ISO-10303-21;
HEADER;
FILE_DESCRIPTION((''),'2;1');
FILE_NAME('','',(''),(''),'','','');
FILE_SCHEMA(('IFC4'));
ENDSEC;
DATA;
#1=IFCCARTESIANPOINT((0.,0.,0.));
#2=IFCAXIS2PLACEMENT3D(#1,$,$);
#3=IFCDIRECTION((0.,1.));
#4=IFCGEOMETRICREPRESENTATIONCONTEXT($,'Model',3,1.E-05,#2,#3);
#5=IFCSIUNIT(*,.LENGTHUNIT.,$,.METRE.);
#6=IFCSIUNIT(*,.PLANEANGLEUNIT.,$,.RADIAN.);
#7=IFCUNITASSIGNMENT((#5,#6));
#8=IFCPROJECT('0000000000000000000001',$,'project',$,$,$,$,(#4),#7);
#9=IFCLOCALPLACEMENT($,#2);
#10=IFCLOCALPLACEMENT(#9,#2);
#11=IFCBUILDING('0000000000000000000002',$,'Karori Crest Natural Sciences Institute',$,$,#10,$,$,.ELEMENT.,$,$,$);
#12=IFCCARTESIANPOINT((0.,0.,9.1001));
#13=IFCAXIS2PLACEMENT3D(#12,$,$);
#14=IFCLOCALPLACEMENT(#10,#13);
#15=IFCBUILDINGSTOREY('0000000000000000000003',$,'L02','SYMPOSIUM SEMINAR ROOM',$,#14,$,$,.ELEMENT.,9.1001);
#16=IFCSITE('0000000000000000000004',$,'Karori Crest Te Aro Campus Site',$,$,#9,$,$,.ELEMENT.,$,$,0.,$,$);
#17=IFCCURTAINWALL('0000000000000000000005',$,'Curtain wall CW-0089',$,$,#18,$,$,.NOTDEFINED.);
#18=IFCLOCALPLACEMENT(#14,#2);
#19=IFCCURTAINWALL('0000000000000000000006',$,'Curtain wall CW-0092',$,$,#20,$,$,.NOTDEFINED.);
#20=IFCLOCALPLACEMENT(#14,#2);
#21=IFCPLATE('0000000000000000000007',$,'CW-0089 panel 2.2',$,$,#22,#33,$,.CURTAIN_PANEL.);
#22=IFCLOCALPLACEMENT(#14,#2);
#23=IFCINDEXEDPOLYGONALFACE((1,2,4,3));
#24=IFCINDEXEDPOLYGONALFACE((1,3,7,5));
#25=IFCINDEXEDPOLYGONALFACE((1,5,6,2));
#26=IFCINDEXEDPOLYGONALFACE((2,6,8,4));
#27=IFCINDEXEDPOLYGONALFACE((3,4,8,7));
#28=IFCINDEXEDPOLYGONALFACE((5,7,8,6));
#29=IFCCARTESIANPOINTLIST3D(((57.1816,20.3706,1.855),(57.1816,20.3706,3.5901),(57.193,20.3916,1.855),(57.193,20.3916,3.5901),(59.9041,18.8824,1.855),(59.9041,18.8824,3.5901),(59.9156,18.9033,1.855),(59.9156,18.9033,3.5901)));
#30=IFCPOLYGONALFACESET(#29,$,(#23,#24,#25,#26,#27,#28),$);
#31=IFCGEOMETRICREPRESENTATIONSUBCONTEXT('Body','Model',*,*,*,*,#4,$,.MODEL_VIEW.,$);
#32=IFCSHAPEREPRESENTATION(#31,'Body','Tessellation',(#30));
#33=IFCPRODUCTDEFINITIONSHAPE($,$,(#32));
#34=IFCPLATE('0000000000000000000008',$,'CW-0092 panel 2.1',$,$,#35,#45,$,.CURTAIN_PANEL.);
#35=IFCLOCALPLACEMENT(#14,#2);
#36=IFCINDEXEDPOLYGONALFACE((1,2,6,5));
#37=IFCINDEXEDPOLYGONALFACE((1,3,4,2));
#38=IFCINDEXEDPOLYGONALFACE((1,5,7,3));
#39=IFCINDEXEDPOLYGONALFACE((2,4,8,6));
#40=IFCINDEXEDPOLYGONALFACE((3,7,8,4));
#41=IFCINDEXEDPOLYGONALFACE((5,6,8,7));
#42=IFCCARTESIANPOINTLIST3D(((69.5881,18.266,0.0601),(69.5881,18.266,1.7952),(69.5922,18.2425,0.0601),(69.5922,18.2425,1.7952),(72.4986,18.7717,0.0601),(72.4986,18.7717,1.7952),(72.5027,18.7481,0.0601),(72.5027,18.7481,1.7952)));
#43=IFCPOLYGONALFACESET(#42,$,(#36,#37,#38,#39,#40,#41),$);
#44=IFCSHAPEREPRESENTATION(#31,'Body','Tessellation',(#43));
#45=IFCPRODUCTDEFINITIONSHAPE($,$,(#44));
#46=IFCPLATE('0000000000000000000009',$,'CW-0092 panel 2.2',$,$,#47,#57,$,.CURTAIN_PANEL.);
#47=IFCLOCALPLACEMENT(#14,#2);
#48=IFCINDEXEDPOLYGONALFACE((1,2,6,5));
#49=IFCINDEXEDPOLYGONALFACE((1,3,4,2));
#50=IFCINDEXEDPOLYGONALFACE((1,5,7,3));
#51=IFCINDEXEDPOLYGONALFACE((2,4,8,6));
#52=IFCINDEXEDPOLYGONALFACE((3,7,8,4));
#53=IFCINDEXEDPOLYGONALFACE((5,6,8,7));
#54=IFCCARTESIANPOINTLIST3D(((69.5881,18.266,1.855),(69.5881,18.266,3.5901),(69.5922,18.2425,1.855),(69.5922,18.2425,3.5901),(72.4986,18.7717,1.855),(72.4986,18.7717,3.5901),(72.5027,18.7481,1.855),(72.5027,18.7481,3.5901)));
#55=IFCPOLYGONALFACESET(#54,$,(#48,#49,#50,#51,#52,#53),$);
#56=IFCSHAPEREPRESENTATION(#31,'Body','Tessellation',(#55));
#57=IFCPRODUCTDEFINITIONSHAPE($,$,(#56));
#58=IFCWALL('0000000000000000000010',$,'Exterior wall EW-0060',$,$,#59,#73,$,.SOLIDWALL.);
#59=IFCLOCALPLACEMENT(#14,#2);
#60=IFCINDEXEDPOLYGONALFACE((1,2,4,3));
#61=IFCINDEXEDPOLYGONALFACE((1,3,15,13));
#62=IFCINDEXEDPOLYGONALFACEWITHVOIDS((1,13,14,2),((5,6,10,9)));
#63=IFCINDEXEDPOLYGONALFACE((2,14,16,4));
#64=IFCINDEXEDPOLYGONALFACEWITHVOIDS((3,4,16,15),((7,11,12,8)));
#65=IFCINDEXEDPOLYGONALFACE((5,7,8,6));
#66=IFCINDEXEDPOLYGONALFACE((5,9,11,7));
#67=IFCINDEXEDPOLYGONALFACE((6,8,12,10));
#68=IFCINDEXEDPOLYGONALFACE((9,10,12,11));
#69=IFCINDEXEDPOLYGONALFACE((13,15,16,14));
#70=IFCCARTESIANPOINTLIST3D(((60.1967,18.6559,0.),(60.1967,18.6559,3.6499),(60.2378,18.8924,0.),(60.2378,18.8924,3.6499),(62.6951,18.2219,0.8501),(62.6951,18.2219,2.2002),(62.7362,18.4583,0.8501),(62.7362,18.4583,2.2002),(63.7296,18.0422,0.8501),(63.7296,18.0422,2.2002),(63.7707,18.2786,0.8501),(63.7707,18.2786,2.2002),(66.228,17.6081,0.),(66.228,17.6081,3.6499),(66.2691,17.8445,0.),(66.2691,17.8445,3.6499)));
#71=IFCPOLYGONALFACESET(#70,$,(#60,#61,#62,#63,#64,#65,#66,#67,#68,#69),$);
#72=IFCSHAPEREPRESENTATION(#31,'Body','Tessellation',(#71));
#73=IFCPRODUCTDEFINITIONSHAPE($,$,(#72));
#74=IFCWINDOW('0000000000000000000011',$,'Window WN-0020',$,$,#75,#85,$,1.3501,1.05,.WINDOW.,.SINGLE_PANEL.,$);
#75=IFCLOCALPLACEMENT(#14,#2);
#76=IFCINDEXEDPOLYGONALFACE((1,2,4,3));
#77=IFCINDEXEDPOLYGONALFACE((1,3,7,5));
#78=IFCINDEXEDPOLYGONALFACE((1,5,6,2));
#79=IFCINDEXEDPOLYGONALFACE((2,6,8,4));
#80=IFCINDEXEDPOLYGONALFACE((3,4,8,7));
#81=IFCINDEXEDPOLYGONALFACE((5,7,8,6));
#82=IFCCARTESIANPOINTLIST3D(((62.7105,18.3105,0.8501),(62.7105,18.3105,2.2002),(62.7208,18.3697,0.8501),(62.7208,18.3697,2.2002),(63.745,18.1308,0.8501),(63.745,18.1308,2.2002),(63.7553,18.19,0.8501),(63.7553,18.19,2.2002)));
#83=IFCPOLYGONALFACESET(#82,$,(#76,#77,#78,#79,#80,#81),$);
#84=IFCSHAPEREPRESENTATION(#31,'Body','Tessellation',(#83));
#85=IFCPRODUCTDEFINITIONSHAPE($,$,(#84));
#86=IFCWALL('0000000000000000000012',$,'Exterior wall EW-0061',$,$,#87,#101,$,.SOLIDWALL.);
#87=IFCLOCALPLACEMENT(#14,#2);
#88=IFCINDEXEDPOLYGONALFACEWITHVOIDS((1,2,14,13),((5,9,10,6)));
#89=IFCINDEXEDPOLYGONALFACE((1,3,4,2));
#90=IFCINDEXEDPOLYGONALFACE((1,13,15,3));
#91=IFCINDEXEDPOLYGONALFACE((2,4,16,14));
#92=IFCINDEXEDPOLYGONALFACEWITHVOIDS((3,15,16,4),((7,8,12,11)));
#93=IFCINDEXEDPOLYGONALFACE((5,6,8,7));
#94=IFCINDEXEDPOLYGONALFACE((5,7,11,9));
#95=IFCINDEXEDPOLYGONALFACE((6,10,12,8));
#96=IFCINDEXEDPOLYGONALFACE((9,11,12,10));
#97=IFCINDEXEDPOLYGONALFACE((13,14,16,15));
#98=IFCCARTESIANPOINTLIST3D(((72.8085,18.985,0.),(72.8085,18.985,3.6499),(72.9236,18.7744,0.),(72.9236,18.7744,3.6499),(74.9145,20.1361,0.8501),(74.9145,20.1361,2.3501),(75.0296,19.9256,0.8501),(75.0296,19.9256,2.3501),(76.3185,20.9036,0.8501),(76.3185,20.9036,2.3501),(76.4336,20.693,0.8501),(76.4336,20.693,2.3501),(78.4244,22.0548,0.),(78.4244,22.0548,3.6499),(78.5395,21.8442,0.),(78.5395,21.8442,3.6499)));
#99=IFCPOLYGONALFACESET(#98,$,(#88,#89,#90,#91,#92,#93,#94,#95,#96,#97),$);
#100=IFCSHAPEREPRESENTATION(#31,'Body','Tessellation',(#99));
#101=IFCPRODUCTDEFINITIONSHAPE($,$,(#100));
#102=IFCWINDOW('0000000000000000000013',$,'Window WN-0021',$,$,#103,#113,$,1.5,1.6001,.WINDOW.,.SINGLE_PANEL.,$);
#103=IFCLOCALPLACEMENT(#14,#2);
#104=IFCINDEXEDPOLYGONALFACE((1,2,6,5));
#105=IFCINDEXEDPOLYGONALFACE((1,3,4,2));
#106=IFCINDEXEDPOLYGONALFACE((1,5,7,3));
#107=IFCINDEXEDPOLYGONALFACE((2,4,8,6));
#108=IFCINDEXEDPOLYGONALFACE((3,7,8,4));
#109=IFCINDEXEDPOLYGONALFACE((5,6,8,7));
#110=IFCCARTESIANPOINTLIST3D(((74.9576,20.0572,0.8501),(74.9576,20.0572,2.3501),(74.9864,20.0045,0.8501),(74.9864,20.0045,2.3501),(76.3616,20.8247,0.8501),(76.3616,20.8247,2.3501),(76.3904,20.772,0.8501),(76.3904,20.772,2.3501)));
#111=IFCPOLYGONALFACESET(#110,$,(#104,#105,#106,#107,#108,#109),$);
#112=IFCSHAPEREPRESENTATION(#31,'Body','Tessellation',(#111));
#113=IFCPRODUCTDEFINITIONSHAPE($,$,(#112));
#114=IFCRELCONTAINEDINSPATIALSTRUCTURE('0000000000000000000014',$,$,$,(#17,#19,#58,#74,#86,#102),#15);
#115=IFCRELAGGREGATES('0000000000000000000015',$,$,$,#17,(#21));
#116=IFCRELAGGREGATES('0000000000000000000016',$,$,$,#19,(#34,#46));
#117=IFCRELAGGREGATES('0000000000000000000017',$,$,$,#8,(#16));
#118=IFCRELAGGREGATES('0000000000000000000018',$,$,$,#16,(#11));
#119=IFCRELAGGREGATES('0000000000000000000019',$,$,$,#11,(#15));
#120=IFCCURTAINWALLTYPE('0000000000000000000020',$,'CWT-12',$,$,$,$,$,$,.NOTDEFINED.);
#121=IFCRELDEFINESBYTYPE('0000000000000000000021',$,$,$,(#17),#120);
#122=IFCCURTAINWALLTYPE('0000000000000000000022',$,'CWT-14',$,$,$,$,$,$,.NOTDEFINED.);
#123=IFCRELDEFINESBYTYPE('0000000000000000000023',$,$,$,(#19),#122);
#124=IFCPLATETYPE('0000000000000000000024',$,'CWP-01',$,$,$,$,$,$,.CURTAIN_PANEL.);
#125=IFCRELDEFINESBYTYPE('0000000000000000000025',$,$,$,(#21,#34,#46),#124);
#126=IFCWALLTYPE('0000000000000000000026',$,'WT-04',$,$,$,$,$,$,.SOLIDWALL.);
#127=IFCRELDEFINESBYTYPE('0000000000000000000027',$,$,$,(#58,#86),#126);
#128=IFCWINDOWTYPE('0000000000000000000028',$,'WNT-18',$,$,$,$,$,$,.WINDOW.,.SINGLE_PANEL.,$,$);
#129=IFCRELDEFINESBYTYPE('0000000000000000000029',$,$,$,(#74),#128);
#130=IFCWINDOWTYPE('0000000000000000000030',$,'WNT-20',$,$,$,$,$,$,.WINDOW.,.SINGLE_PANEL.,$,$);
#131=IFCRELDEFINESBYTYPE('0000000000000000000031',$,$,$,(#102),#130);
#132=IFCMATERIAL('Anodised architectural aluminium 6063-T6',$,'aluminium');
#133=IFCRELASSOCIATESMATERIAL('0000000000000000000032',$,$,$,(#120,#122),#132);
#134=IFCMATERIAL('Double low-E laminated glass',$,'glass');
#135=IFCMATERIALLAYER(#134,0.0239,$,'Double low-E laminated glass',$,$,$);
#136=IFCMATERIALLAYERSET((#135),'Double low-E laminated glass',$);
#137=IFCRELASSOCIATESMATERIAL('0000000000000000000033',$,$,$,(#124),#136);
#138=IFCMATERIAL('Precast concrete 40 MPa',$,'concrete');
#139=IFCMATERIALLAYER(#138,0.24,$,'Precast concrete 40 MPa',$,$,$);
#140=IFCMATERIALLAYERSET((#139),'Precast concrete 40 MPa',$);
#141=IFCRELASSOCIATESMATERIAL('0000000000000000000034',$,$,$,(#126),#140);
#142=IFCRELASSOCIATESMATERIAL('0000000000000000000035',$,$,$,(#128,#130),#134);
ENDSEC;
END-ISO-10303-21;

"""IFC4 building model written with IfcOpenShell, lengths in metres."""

from ifc_helpers import new_model, si_unit, direction, frame, frame_2d, origin, origin_2d, place, context, subcontext, project, spatial, rectangle, extrude, material, layer, layer_set, type_object, element, fill, aggregate, save


model = new_model("IFC4")

# Units and contexts
model_context = context("Model", 3, precision=1e-05, world=origin(), true_north=direction((0.0, 1.0)))
body_context = subcontext(model_context, "Body", "Model", "MODEL_VIEW")
ifc_project = project(units=[si_unit("LENGTHUNIT", "METRE"), si_unit("PLANEANGLEUNIT", "RADIAN")], contexts=[model_context])

# Site, building, storey
site_placement = place(None, origin())
site = spatial("IfcSite", under=ifc_project, at=site_placement, Name="Karori Crest Te Aro Campus Site", CompositionType="ELEMENT", RefElevation=0.0)
building_placement = place(site_placement, origin())
building = spatial("IfcBuilding", under=site, at=building_placement, Name="Karori Crest Natural Sciences Institute", CompositionType="ELEMENT")
storey_placement = place(building_placement, frame((0.0, 0.0, 9.1001)))
storey = spatial("IfcBuildingStorey", under=building, at=storey_placement, Name="L02", Description="SYMPOSIUM SEMINAR ROOM", CompositionType="ELEMENT", Elevation=9.1001)

# Curtain wall
ifc_material_1 = material(Name="Anodised architectural aluminium 6063-T6", Category="aluminium")
curtain_wall_type_1 = type_object("IfcCurtainWallType", Name="CWT-12", PredefinedType="NOTDEFINED", material=ifc_material_1)
curtain_wall_1_placement = place(storey_placement, origin())
curtain_wall_1 = element("IfcCurtainWall", 1, at=curtain_wall_1_placement, inside=storey, type_object=curtain_wall_type_1, Name="Curtain wall CW-0089", PredefinedType="NOTDEFINED")

# Curtain wall
curtain_wall_type_2 = type_object("IfcCurtainWallType", Name="CWT-14", PredefinedType="NOTDEFINED", material=ifc_material_1)
curtain_wall_2_placement = place(storey_placement, origin())
curtain_wall_2 = element("IfcCurtainWall", 2, at=curtain_wall_2_placement, inside=storey, type_object=curtain_wall_type_2, Name="Curtain wall CW-0092", PredefinedType="NOTDEFINED")

# Plates
ifc_material_2 = material(Name="Double low-E laminated glass", Category="glass")
ifc_layer_1 = layer(ifc_material_2, 0.0239, Name="Double low-E laminated glass")
ifc_layer_set_1 = layer_set([ifc_layer_1], Name="Double low-E laminated glass")
plate_type = type_object("IfcPlateType", Name="CWP-01", PredefinedType="CURTAIN_PANEL", material=ifc_layer_set_1)
plate_1_placement = place(storey_placement, frame((58.5486, 19.637, 1.855), z_axis=(0.0, 0.0, 1.0), x_axis=(0.877464, -0.479643, 0.0)))
plate_1 = element("IfcPlate", 3, at=plate_1_placement, type_object=plate_type, Name="CW-0089 panel 2.2", PredefinedType="CURTAIN_PANEL", context=body_context, shape_type="SweptSolid", body=[
    extrude(rectangle(XDim=3.1028, YDim=0.0239, at=origin_2d()), origin(), (0.0, 0.0, 1.0), 1.7351),
])
aggregate(curtain_wall_1, [plate_1])
plate_2_placement = place(storey_placement, frame((71.0454, 18.5071, 0.0601), z_axis=(0.0, 0.0, 1.0), x_axis=(0.985241, 0.17117, 0.0)))
plate_2 = element("IfcPlate", 4, at=plate_2_placement, type_object=plate_type, Name="CW-0092 panel 2.1", PredefinedType="CURTAIN_PANEL", context=body_context, shape_type="SweptSolid", body=[
    extrude(rectangle(XDim=2.9541, YDim=0.0239, at=origin_2d()), origin(), (0.0, 0.0, 1.0), 1.7351),
])
plate_3_placement = place(storey_placement, frame((71.0454, 18.5071, 1.855), z_axis=(0.0, 0.0, 1.0), x_axis=(0.985241, 0.17117, 0.0)))
plate_3 = element("IfcPlate", 5, at=plate_3_placement, type_object=plate_type, Name="CW-0092 panel 2.2", PredefinedType="CURTAIN_PANEL", context=body_context, shape_type="SweptSolid", body=[
    extrude(rectangle(XDim=2.9541, YDim=0.0239, at=origin_2d()), origin(), (0.0, 0.0, 1.0), 1.7351),
])
aggregate(curtain_wall_2, [plate_2, plate_3])

# Walls, openings, windows
ifc_material_3 = material(Name="Precast concrete 40 MPa", Category="concrete")
ifc_layer_2 = layer(ifc_material_3, 0.24, Name="Precast concrete 40 MPa")
ifc_layer_set_2 = layer_set([ifc_layer_2], Name="Precast concrete 40 MPa")
wall_type = type_object("IfcWallType", Name="WT-04", PredefinedType="SOLIDWALL", material=ifc_layer_set_2)
wall_1_placement = place(storey_placement, frame((60.2173, 18.7742, 0.0), z_axis=(0.0, 0.0, 1.0), x_axis=(0.985241, -0.171173, 0.0)))
wall_1 = element("IfcWall", 6, at=wall_1_placement, inside=storey, type_object=wall_type, Name="Exterior wall EW-0060", PredefinedType="SOLIDWALL", context=body_context, shape_type="SweptSolid", body=[
    extrude(rectangle(XDim=6.1216, YDim=0.24, at=frame_2d((3.0608, 0.0))), origin(), (0.0, 0.0, 1.0), 3.6499),
])
opening_1_placement = place(wall_1_placement, frame((2.5359, 0.0, 0.8501)))
opening_1 = element("IfcOpeningElement", 7, at=opening_1_placement, cuts=wall_1, PredefinedType="OPENING", context=body_context, shape_type="SweptSolid", body=[
    extrude(rectangle(XDim=1.05, YDim=1.3501, at=frame_2d((0.5249, 0.675))), frame((0.0, 0.1299, 0.0), z_axis=(0.0, -1.0, 0.0), x_axis=(1.0, 0.0, 0.0)), (0.0, 0.0, 1.0), 0.26),
])
window_type_1 = type_object("IfcWindowType", Name="WNT-18", PartitioningType="SINGLE_PANEL", PredefinedType="WINDOW", material=ifc_material_2)
window_1_placement = place(opening_1_placement, origin())
window_1 = element("IfcWindow", 8, at=window_1_placement, inside=storey, type_object=window_type_1, Name="Window WN-0020", OverallHeight=1.3501, OverallWidth=1.05, PartitioningType="SINGLE_PANEL", PredefinedType="WINDOW", context=body_context, shape_type="SweptSolid", body=[
    extrude(rectangle(XDim=1.05, YDim=1.3501, at=frame_2d((0.5249, 0.675))), frame((0.0, 0.03, 0.0), z_axis=(0.0, -1.0, 0.0), x_axis=(1.0, 0.0, 0.0)), (0.0, 0.0, 1.0), 0.0601),
])
fill(opening_1, window_1)
wall_2_placement = place(storey_placement, frame((72.866, 18.8796, 0.0), z_axis=(0.0, 0.0, 1.0), x_axis=(0.877464, 0.479643, 0.0)))
wall_2 = element("IfcWall", 9, at=wall_2_placement, inside=storey, type_object=wall_type, Name="Exterior wall EW-0061", PredefinedType="SOLIDWALL", context=body_context, shape_type="SweptSolid", body=[
    extrude(rectangle(XDim=6.4001, YDim=0.24, at=frame_2d((3.2002, 0.0))), origin(), (0.0, 0.0, 1.0), 3.6499),
])
opening_2_placement = place(wall_2_placement, frame((2.4001, 0.0, 0.8501)))
opening_2 = element("IfcOpeningElement", 10, at=opening_2_placement, cuts=wall_2, PredefinedType="OPENING", context=body_context, shape_type="SweptSolid", body=[
    extrude(rectangle(XDim=1.6001, YDim=1.5, at=frame_2d((0.8, 0.75))), frame((0.0, 0.1299, 0.0), z_axis=(0.0, -1.0, 0.0), x_axis=(1.0, 0.0, 0.0)), (0.0, 0.0, 1.0), 0.26),
])
window_type_2 = type_object("IfcWindowType", Name="WNT-20", PartitioningType="SINGLE_PANEL", PredefinedType="WINDOW", material=ifc_material_2)
window_2_placement = place(opening_2_placement, origin())
window_2 = element("IfcWindow", 11, at=window_2_placement, inside=storey, type_object=window_type_2, Name="Window WN-0021", OverallHeight=1.5, OverallWidth=1.6001, PartitioningType="SINGLE_PANEL", PredefinedType="WINDOW", context=body_context, shape_type="SweptSolid", body=[
    extrude(rectangle(XDim=1.6001, YDim=1.5, at=frame_2d((0.8, 0.75))), frame((0.0, 0.03, 0.0), z_axis=(0.0, -1.0, 0.0), x_axis=(1.0, 0.0, 0.0)), (0.0, 0.0, 1.0), 0.0601),
])
fill(opening_2, window_2)

save(model, "model.ifc")
